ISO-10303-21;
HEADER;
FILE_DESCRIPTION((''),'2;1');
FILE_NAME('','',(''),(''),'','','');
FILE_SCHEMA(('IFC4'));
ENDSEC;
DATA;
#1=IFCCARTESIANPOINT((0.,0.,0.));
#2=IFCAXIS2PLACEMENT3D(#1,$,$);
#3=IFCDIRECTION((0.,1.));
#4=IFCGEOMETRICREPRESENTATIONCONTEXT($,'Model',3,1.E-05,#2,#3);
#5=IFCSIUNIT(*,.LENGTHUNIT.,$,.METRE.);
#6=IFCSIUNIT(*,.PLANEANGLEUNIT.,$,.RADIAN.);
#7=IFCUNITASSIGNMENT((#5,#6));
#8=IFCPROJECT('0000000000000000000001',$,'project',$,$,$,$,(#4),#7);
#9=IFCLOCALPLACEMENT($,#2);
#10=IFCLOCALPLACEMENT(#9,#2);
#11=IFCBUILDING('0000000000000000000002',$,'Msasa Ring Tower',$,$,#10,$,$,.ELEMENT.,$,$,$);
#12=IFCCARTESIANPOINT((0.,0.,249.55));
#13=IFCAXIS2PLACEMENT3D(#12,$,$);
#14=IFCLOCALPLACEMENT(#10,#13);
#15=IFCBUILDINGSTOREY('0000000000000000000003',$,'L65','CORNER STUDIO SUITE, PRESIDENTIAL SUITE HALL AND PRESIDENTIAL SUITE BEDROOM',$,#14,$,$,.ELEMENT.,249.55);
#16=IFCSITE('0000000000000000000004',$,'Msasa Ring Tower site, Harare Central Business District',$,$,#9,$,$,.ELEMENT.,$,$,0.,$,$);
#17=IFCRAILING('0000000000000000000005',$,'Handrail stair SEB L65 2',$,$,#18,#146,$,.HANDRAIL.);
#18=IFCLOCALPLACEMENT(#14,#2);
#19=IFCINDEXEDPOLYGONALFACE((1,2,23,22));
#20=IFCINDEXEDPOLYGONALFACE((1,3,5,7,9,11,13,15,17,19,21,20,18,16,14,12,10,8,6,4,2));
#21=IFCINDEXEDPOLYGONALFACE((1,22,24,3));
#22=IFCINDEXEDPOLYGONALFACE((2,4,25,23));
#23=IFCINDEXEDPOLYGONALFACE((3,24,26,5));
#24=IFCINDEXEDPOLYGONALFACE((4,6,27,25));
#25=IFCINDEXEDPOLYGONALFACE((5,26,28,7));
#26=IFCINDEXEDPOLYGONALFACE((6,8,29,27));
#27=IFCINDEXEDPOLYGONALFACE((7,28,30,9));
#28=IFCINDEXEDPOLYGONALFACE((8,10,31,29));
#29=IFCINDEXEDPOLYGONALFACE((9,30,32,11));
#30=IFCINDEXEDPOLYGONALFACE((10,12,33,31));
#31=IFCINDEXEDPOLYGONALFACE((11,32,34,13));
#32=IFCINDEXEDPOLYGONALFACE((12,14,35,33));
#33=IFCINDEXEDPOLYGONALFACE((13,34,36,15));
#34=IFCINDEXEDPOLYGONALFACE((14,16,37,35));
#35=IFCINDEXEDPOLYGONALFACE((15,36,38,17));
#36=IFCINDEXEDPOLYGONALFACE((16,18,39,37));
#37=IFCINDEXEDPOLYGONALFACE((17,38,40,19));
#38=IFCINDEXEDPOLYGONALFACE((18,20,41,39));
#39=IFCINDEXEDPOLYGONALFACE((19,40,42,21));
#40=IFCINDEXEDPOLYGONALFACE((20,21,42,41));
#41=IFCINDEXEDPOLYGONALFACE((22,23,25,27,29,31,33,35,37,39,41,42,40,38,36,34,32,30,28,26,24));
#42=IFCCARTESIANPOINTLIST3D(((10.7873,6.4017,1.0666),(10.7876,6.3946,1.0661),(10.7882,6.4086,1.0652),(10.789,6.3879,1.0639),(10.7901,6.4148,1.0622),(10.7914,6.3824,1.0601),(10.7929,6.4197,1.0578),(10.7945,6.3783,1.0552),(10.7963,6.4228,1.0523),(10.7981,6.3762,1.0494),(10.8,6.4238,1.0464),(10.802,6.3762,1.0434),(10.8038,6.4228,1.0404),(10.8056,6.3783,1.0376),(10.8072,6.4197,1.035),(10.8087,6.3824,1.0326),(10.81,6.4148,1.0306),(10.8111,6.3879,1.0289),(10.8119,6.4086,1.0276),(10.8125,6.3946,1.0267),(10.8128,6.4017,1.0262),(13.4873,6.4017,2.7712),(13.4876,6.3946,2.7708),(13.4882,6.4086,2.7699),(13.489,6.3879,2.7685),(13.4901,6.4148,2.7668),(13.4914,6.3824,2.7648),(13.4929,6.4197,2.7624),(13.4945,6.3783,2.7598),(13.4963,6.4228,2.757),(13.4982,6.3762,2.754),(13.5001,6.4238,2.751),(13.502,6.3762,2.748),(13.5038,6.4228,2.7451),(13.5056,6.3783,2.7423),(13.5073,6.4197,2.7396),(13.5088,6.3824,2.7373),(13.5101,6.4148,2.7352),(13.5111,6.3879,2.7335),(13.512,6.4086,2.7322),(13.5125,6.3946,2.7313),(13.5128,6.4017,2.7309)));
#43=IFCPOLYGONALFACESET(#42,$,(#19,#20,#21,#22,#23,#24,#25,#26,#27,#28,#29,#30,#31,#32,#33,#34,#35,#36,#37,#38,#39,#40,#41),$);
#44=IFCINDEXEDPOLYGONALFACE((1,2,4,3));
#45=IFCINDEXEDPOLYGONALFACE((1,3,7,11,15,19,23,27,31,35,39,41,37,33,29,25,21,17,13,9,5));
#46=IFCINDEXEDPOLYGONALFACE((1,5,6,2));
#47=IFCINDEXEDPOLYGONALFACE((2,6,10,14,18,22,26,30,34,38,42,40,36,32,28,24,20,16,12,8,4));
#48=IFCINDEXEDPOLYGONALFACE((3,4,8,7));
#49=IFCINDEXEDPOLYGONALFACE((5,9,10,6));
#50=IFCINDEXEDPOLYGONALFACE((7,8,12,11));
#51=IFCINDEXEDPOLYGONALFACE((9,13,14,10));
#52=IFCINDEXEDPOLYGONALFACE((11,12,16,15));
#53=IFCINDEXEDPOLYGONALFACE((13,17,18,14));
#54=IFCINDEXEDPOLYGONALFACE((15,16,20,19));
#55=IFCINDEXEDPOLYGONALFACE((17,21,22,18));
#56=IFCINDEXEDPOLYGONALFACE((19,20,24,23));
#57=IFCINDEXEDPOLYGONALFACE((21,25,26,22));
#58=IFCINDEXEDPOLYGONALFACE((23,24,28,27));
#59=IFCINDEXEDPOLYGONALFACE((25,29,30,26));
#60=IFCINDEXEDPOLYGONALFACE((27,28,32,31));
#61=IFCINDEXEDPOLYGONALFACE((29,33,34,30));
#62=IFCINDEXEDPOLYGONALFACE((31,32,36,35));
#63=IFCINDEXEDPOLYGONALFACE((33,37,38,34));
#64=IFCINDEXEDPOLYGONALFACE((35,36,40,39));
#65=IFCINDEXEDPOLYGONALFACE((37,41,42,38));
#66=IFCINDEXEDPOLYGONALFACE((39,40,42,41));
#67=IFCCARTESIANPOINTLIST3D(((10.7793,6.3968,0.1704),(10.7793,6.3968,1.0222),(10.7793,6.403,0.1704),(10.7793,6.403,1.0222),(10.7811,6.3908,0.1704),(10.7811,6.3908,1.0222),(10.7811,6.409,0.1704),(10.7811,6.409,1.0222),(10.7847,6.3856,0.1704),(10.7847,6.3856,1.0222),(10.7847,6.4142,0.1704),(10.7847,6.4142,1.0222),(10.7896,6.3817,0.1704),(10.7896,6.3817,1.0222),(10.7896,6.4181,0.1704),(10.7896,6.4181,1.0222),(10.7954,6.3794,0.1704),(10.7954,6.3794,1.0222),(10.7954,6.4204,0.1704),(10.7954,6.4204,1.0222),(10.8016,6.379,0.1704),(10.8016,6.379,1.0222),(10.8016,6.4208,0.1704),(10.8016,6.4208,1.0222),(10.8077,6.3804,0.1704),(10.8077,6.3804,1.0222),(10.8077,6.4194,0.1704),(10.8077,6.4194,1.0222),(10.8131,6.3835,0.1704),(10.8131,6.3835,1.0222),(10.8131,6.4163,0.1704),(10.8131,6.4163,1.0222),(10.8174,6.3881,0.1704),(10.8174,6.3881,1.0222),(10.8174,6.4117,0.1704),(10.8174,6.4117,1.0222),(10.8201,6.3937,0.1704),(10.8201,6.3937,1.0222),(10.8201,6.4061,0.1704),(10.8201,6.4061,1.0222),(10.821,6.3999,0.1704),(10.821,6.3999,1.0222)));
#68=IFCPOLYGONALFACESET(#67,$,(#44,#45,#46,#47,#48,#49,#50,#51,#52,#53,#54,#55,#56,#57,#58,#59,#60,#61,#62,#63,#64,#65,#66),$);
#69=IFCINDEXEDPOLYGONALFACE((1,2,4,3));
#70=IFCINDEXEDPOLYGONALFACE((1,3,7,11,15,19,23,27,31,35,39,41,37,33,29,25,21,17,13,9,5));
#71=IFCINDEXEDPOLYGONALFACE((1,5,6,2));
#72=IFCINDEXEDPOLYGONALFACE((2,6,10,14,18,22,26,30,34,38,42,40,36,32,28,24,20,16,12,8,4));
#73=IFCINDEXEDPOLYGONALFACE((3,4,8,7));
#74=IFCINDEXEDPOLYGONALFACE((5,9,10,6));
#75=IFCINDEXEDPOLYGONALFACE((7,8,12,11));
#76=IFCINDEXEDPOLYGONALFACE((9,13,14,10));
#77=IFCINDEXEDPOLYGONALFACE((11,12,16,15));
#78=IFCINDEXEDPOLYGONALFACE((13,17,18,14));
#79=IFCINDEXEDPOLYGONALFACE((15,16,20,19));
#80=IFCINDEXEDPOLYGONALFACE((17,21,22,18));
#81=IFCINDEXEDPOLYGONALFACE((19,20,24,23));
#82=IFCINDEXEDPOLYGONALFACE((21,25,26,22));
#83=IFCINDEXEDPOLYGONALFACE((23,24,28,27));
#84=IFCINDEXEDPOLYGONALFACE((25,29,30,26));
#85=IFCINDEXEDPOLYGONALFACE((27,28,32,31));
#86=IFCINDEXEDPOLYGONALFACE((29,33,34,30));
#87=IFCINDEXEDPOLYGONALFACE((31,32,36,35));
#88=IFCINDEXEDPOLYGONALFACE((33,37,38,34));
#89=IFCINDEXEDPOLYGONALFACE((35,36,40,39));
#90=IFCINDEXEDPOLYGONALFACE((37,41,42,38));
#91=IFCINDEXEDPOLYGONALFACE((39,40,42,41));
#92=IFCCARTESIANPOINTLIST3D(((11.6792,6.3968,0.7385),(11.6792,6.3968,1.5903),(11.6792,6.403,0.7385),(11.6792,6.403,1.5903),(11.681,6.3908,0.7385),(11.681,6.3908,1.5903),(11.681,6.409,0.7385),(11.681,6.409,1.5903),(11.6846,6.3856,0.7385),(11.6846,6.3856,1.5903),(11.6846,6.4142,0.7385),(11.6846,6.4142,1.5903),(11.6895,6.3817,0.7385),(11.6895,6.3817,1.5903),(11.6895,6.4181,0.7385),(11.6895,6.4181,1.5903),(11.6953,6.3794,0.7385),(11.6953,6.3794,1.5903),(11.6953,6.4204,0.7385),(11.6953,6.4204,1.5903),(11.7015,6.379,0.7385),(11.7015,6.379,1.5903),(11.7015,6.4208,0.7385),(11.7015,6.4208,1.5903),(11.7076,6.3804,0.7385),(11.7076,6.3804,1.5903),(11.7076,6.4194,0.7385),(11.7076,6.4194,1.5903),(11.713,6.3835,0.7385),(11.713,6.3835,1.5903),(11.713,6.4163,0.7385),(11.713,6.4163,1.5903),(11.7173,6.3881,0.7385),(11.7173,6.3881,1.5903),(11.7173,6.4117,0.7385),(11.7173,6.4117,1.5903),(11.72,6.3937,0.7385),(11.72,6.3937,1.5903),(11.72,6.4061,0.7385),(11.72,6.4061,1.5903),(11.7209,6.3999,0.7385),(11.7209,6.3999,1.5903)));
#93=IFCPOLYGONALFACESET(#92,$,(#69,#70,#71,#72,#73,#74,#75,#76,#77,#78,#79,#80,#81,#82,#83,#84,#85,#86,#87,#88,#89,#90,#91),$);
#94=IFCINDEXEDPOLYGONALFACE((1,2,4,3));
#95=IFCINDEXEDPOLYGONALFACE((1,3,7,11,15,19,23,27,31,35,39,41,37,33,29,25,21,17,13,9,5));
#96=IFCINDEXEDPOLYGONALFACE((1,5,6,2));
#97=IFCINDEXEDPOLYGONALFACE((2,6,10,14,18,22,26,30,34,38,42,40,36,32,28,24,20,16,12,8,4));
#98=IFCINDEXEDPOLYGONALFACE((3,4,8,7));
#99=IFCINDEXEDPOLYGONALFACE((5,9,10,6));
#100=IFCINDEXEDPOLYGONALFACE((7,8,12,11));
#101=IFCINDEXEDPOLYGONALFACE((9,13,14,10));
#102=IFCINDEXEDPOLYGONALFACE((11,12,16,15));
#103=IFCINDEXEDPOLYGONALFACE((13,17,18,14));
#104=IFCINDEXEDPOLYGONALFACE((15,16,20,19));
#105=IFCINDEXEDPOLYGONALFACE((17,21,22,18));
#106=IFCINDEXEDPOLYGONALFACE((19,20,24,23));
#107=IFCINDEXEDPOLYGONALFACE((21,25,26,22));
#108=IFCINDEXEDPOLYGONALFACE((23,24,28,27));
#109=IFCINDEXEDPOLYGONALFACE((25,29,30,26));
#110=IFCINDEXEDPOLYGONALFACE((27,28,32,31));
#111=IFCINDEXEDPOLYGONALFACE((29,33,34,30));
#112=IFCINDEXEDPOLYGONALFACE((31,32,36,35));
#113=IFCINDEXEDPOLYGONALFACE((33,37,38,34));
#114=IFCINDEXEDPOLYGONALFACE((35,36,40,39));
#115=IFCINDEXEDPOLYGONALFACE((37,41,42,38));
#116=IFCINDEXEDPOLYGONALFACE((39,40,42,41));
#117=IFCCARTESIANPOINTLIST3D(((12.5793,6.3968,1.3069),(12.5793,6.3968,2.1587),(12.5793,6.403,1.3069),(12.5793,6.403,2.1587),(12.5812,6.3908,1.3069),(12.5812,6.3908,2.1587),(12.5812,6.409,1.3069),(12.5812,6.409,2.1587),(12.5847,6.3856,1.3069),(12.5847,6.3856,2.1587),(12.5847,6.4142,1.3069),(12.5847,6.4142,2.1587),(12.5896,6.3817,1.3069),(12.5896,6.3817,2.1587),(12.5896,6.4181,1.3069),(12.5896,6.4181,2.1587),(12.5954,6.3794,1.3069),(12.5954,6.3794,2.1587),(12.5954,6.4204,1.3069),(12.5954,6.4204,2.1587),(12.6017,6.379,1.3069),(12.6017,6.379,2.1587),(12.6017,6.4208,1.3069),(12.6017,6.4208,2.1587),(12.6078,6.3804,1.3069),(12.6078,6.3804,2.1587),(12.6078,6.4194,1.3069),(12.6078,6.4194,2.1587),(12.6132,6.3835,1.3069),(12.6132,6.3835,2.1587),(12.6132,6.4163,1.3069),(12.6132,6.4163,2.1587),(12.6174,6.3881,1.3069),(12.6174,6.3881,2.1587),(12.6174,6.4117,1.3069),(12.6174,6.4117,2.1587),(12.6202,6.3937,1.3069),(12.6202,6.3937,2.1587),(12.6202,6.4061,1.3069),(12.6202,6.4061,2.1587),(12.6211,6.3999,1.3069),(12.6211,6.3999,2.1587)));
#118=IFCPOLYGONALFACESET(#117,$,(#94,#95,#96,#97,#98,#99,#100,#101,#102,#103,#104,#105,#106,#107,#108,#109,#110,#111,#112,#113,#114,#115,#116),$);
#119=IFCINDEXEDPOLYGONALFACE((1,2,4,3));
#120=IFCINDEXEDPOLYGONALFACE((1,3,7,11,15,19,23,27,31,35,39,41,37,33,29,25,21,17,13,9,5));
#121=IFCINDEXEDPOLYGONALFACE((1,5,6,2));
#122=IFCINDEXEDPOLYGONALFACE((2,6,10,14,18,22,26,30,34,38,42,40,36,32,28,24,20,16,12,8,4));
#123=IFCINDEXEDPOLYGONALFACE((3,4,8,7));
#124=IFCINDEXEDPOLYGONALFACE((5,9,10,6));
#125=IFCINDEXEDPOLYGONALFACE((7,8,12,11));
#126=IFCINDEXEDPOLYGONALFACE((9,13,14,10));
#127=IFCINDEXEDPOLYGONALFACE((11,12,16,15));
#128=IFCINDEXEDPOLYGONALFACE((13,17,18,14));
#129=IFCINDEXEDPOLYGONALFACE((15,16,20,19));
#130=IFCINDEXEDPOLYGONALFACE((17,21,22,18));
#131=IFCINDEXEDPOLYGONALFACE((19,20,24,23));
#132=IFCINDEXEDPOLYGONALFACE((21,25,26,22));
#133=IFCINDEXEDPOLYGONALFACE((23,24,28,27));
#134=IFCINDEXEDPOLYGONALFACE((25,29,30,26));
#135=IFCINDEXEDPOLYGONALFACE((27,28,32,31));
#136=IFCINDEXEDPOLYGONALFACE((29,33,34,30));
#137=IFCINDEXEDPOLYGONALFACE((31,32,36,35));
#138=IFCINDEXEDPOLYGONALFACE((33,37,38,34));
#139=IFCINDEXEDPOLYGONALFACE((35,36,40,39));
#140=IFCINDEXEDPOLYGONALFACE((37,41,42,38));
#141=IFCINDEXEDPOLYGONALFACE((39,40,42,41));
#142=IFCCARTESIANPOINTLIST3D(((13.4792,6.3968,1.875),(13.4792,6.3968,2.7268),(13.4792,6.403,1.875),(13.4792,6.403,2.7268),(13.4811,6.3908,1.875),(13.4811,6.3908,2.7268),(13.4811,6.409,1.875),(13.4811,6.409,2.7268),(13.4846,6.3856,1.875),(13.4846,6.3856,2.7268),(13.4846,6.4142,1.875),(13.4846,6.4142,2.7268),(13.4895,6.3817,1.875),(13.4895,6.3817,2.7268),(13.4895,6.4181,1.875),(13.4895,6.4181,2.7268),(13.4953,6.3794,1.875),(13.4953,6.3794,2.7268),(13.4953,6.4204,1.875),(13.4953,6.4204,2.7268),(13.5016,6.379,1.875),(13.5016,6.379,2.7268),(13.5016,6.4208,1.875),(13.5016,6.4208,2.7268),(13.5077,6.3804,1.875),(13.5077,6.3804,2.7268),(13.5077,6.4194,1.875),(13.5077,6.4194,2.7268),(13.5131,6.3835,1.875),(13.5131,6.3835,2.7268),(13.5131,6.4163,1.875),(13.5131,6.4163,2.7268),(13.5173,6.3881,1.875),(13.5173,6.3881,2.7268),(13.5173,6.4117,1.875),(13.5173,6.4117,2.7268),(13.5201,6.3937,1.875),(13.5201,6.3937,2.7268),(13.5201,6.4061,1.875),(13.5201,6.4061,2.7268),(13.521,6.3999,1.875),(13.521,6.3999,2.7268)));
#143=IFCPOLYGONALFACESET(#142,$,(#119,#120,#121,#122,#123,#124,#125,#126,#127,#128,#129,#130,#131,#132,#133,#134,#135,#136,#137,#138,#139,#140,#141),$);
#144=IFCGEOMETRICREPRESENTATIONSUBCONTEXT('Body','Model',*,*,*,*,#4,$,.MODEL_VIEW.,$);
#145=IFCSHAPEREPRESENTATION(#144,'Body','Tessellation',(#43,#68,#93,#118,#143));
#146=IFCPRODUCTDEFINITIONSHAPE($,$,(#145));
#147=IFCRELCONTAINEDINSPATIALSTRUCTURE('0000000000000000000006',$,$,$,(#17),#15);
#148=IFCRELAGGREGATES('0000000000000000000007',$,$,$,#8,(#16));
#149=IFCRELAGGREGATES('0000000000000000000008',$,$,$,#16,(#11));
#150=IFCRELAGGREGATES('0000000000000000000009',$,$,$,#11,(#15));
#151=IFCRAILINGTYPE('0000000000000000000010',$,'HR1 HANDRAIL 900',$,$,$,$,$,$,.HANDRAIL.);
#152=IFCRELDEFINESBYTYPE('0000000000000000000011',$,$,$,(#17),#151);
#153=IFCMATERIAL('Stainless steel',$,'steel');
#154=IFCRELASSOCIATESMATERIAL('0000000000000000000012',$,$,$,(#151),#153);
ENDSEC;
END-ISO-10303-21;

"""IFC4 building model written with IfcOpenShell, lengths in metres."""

from ifc_helpers import new_model, si_unit, direction, frame, origin, origin_2d, place, context, subcontext, project, spatial, circle, extrude, material, type_object, element, save


model = new_model("IFC4")

# Units and contexts
model_context = context("Model", 3, precision=1e-05, world=origin(), true_north=direction((0.0, 1.0)))
body_context = subcontext(model_context, "Body", "Model", "MODEL_VIEW")
ifc_project = project(units=[si_unit("LENGTHUNIT", "METRE"), si_unit("PLANEANGLEUNIT", "RADIAN")], contexts=[model_context])

# Site, building, storey
site_placement = place(None, origin())
site = spatial("IfcSite", under=ifc_project, at=site_placement, Name="Msasa Ring Tower site, Harare Central Business District", CompositionType="ELEMENT", RefElevation=0.0)
building_placement = place(site_placement, origin())
building = spatial("IfcBuilding", under=site, at=building_placement, Name="Msasa Ring Tower", CompositionType="ELEMENT")
storey_placement = place(building_placement, frame((0.0, 0.0, 249.55)))
storey = spatial("IfcBuildingStorey", under=building, at=storey_placement, Name="L65", Description="CORNER STUDIO SUITE, PRESIDENTIAL SUITE HALL AND PRESIDENTIAL SUITE BEDROOM", CompositionType="ELEMENT", Elevation=249.55)

# Railing
ifc_material_1 = material(Name="Stainless steel", Category="steel")
railing_type = type_object("IfcRailingType", Name="HR1 HANDRAIL 900", PredefinedType="HANDRAIL", material=ifc_material_1)
for number, where, name in (
    (1, (10.8, 6.3999, 0.1704), "Handrail stair SEB L65 2"),
):
    element("IfcRailing", number, at=place(storey_placement, frame(where)), inside=storey, type_object=railing_type, Name=name, PredefinedType="HANDRAIL", context=body_context, shape_type="SweptSolid", body=[
        extrude(circle(Radius=0.0239, at=origin_2d()), frame((0.0, 0.0, 0.876), z_axis=(0.84558, 0.0, 0.533849), x_axis=(0.0, 1.0, 0.0)), (0.0, 0.0, 1.0), 3.1931),
        extrude(circle(Radius=0.021, at=origin_2d()), origin(), (0.0, 0.0, 1.0), 0.8518),
        extrude(circle(Radius=0.021, at=origin_2d()), frame((0.8999, 0.0, 0.5681)), (0.0, 0.0, 1.0), 0.8518),
        extrude(circle(Radius=0.021, at=origin_2d()), frame((1.8, 0.0, 1.1365)), (0.0, 0.0, 1.0), 0.8518),
        extrude(circle(Radius=0.021, at=origin_2d()), frame((2.7, 0.0, 1.7046)), (0.0, 0.0, 1.0), 0.8518),
    ])

save(model, "model.ifc")
